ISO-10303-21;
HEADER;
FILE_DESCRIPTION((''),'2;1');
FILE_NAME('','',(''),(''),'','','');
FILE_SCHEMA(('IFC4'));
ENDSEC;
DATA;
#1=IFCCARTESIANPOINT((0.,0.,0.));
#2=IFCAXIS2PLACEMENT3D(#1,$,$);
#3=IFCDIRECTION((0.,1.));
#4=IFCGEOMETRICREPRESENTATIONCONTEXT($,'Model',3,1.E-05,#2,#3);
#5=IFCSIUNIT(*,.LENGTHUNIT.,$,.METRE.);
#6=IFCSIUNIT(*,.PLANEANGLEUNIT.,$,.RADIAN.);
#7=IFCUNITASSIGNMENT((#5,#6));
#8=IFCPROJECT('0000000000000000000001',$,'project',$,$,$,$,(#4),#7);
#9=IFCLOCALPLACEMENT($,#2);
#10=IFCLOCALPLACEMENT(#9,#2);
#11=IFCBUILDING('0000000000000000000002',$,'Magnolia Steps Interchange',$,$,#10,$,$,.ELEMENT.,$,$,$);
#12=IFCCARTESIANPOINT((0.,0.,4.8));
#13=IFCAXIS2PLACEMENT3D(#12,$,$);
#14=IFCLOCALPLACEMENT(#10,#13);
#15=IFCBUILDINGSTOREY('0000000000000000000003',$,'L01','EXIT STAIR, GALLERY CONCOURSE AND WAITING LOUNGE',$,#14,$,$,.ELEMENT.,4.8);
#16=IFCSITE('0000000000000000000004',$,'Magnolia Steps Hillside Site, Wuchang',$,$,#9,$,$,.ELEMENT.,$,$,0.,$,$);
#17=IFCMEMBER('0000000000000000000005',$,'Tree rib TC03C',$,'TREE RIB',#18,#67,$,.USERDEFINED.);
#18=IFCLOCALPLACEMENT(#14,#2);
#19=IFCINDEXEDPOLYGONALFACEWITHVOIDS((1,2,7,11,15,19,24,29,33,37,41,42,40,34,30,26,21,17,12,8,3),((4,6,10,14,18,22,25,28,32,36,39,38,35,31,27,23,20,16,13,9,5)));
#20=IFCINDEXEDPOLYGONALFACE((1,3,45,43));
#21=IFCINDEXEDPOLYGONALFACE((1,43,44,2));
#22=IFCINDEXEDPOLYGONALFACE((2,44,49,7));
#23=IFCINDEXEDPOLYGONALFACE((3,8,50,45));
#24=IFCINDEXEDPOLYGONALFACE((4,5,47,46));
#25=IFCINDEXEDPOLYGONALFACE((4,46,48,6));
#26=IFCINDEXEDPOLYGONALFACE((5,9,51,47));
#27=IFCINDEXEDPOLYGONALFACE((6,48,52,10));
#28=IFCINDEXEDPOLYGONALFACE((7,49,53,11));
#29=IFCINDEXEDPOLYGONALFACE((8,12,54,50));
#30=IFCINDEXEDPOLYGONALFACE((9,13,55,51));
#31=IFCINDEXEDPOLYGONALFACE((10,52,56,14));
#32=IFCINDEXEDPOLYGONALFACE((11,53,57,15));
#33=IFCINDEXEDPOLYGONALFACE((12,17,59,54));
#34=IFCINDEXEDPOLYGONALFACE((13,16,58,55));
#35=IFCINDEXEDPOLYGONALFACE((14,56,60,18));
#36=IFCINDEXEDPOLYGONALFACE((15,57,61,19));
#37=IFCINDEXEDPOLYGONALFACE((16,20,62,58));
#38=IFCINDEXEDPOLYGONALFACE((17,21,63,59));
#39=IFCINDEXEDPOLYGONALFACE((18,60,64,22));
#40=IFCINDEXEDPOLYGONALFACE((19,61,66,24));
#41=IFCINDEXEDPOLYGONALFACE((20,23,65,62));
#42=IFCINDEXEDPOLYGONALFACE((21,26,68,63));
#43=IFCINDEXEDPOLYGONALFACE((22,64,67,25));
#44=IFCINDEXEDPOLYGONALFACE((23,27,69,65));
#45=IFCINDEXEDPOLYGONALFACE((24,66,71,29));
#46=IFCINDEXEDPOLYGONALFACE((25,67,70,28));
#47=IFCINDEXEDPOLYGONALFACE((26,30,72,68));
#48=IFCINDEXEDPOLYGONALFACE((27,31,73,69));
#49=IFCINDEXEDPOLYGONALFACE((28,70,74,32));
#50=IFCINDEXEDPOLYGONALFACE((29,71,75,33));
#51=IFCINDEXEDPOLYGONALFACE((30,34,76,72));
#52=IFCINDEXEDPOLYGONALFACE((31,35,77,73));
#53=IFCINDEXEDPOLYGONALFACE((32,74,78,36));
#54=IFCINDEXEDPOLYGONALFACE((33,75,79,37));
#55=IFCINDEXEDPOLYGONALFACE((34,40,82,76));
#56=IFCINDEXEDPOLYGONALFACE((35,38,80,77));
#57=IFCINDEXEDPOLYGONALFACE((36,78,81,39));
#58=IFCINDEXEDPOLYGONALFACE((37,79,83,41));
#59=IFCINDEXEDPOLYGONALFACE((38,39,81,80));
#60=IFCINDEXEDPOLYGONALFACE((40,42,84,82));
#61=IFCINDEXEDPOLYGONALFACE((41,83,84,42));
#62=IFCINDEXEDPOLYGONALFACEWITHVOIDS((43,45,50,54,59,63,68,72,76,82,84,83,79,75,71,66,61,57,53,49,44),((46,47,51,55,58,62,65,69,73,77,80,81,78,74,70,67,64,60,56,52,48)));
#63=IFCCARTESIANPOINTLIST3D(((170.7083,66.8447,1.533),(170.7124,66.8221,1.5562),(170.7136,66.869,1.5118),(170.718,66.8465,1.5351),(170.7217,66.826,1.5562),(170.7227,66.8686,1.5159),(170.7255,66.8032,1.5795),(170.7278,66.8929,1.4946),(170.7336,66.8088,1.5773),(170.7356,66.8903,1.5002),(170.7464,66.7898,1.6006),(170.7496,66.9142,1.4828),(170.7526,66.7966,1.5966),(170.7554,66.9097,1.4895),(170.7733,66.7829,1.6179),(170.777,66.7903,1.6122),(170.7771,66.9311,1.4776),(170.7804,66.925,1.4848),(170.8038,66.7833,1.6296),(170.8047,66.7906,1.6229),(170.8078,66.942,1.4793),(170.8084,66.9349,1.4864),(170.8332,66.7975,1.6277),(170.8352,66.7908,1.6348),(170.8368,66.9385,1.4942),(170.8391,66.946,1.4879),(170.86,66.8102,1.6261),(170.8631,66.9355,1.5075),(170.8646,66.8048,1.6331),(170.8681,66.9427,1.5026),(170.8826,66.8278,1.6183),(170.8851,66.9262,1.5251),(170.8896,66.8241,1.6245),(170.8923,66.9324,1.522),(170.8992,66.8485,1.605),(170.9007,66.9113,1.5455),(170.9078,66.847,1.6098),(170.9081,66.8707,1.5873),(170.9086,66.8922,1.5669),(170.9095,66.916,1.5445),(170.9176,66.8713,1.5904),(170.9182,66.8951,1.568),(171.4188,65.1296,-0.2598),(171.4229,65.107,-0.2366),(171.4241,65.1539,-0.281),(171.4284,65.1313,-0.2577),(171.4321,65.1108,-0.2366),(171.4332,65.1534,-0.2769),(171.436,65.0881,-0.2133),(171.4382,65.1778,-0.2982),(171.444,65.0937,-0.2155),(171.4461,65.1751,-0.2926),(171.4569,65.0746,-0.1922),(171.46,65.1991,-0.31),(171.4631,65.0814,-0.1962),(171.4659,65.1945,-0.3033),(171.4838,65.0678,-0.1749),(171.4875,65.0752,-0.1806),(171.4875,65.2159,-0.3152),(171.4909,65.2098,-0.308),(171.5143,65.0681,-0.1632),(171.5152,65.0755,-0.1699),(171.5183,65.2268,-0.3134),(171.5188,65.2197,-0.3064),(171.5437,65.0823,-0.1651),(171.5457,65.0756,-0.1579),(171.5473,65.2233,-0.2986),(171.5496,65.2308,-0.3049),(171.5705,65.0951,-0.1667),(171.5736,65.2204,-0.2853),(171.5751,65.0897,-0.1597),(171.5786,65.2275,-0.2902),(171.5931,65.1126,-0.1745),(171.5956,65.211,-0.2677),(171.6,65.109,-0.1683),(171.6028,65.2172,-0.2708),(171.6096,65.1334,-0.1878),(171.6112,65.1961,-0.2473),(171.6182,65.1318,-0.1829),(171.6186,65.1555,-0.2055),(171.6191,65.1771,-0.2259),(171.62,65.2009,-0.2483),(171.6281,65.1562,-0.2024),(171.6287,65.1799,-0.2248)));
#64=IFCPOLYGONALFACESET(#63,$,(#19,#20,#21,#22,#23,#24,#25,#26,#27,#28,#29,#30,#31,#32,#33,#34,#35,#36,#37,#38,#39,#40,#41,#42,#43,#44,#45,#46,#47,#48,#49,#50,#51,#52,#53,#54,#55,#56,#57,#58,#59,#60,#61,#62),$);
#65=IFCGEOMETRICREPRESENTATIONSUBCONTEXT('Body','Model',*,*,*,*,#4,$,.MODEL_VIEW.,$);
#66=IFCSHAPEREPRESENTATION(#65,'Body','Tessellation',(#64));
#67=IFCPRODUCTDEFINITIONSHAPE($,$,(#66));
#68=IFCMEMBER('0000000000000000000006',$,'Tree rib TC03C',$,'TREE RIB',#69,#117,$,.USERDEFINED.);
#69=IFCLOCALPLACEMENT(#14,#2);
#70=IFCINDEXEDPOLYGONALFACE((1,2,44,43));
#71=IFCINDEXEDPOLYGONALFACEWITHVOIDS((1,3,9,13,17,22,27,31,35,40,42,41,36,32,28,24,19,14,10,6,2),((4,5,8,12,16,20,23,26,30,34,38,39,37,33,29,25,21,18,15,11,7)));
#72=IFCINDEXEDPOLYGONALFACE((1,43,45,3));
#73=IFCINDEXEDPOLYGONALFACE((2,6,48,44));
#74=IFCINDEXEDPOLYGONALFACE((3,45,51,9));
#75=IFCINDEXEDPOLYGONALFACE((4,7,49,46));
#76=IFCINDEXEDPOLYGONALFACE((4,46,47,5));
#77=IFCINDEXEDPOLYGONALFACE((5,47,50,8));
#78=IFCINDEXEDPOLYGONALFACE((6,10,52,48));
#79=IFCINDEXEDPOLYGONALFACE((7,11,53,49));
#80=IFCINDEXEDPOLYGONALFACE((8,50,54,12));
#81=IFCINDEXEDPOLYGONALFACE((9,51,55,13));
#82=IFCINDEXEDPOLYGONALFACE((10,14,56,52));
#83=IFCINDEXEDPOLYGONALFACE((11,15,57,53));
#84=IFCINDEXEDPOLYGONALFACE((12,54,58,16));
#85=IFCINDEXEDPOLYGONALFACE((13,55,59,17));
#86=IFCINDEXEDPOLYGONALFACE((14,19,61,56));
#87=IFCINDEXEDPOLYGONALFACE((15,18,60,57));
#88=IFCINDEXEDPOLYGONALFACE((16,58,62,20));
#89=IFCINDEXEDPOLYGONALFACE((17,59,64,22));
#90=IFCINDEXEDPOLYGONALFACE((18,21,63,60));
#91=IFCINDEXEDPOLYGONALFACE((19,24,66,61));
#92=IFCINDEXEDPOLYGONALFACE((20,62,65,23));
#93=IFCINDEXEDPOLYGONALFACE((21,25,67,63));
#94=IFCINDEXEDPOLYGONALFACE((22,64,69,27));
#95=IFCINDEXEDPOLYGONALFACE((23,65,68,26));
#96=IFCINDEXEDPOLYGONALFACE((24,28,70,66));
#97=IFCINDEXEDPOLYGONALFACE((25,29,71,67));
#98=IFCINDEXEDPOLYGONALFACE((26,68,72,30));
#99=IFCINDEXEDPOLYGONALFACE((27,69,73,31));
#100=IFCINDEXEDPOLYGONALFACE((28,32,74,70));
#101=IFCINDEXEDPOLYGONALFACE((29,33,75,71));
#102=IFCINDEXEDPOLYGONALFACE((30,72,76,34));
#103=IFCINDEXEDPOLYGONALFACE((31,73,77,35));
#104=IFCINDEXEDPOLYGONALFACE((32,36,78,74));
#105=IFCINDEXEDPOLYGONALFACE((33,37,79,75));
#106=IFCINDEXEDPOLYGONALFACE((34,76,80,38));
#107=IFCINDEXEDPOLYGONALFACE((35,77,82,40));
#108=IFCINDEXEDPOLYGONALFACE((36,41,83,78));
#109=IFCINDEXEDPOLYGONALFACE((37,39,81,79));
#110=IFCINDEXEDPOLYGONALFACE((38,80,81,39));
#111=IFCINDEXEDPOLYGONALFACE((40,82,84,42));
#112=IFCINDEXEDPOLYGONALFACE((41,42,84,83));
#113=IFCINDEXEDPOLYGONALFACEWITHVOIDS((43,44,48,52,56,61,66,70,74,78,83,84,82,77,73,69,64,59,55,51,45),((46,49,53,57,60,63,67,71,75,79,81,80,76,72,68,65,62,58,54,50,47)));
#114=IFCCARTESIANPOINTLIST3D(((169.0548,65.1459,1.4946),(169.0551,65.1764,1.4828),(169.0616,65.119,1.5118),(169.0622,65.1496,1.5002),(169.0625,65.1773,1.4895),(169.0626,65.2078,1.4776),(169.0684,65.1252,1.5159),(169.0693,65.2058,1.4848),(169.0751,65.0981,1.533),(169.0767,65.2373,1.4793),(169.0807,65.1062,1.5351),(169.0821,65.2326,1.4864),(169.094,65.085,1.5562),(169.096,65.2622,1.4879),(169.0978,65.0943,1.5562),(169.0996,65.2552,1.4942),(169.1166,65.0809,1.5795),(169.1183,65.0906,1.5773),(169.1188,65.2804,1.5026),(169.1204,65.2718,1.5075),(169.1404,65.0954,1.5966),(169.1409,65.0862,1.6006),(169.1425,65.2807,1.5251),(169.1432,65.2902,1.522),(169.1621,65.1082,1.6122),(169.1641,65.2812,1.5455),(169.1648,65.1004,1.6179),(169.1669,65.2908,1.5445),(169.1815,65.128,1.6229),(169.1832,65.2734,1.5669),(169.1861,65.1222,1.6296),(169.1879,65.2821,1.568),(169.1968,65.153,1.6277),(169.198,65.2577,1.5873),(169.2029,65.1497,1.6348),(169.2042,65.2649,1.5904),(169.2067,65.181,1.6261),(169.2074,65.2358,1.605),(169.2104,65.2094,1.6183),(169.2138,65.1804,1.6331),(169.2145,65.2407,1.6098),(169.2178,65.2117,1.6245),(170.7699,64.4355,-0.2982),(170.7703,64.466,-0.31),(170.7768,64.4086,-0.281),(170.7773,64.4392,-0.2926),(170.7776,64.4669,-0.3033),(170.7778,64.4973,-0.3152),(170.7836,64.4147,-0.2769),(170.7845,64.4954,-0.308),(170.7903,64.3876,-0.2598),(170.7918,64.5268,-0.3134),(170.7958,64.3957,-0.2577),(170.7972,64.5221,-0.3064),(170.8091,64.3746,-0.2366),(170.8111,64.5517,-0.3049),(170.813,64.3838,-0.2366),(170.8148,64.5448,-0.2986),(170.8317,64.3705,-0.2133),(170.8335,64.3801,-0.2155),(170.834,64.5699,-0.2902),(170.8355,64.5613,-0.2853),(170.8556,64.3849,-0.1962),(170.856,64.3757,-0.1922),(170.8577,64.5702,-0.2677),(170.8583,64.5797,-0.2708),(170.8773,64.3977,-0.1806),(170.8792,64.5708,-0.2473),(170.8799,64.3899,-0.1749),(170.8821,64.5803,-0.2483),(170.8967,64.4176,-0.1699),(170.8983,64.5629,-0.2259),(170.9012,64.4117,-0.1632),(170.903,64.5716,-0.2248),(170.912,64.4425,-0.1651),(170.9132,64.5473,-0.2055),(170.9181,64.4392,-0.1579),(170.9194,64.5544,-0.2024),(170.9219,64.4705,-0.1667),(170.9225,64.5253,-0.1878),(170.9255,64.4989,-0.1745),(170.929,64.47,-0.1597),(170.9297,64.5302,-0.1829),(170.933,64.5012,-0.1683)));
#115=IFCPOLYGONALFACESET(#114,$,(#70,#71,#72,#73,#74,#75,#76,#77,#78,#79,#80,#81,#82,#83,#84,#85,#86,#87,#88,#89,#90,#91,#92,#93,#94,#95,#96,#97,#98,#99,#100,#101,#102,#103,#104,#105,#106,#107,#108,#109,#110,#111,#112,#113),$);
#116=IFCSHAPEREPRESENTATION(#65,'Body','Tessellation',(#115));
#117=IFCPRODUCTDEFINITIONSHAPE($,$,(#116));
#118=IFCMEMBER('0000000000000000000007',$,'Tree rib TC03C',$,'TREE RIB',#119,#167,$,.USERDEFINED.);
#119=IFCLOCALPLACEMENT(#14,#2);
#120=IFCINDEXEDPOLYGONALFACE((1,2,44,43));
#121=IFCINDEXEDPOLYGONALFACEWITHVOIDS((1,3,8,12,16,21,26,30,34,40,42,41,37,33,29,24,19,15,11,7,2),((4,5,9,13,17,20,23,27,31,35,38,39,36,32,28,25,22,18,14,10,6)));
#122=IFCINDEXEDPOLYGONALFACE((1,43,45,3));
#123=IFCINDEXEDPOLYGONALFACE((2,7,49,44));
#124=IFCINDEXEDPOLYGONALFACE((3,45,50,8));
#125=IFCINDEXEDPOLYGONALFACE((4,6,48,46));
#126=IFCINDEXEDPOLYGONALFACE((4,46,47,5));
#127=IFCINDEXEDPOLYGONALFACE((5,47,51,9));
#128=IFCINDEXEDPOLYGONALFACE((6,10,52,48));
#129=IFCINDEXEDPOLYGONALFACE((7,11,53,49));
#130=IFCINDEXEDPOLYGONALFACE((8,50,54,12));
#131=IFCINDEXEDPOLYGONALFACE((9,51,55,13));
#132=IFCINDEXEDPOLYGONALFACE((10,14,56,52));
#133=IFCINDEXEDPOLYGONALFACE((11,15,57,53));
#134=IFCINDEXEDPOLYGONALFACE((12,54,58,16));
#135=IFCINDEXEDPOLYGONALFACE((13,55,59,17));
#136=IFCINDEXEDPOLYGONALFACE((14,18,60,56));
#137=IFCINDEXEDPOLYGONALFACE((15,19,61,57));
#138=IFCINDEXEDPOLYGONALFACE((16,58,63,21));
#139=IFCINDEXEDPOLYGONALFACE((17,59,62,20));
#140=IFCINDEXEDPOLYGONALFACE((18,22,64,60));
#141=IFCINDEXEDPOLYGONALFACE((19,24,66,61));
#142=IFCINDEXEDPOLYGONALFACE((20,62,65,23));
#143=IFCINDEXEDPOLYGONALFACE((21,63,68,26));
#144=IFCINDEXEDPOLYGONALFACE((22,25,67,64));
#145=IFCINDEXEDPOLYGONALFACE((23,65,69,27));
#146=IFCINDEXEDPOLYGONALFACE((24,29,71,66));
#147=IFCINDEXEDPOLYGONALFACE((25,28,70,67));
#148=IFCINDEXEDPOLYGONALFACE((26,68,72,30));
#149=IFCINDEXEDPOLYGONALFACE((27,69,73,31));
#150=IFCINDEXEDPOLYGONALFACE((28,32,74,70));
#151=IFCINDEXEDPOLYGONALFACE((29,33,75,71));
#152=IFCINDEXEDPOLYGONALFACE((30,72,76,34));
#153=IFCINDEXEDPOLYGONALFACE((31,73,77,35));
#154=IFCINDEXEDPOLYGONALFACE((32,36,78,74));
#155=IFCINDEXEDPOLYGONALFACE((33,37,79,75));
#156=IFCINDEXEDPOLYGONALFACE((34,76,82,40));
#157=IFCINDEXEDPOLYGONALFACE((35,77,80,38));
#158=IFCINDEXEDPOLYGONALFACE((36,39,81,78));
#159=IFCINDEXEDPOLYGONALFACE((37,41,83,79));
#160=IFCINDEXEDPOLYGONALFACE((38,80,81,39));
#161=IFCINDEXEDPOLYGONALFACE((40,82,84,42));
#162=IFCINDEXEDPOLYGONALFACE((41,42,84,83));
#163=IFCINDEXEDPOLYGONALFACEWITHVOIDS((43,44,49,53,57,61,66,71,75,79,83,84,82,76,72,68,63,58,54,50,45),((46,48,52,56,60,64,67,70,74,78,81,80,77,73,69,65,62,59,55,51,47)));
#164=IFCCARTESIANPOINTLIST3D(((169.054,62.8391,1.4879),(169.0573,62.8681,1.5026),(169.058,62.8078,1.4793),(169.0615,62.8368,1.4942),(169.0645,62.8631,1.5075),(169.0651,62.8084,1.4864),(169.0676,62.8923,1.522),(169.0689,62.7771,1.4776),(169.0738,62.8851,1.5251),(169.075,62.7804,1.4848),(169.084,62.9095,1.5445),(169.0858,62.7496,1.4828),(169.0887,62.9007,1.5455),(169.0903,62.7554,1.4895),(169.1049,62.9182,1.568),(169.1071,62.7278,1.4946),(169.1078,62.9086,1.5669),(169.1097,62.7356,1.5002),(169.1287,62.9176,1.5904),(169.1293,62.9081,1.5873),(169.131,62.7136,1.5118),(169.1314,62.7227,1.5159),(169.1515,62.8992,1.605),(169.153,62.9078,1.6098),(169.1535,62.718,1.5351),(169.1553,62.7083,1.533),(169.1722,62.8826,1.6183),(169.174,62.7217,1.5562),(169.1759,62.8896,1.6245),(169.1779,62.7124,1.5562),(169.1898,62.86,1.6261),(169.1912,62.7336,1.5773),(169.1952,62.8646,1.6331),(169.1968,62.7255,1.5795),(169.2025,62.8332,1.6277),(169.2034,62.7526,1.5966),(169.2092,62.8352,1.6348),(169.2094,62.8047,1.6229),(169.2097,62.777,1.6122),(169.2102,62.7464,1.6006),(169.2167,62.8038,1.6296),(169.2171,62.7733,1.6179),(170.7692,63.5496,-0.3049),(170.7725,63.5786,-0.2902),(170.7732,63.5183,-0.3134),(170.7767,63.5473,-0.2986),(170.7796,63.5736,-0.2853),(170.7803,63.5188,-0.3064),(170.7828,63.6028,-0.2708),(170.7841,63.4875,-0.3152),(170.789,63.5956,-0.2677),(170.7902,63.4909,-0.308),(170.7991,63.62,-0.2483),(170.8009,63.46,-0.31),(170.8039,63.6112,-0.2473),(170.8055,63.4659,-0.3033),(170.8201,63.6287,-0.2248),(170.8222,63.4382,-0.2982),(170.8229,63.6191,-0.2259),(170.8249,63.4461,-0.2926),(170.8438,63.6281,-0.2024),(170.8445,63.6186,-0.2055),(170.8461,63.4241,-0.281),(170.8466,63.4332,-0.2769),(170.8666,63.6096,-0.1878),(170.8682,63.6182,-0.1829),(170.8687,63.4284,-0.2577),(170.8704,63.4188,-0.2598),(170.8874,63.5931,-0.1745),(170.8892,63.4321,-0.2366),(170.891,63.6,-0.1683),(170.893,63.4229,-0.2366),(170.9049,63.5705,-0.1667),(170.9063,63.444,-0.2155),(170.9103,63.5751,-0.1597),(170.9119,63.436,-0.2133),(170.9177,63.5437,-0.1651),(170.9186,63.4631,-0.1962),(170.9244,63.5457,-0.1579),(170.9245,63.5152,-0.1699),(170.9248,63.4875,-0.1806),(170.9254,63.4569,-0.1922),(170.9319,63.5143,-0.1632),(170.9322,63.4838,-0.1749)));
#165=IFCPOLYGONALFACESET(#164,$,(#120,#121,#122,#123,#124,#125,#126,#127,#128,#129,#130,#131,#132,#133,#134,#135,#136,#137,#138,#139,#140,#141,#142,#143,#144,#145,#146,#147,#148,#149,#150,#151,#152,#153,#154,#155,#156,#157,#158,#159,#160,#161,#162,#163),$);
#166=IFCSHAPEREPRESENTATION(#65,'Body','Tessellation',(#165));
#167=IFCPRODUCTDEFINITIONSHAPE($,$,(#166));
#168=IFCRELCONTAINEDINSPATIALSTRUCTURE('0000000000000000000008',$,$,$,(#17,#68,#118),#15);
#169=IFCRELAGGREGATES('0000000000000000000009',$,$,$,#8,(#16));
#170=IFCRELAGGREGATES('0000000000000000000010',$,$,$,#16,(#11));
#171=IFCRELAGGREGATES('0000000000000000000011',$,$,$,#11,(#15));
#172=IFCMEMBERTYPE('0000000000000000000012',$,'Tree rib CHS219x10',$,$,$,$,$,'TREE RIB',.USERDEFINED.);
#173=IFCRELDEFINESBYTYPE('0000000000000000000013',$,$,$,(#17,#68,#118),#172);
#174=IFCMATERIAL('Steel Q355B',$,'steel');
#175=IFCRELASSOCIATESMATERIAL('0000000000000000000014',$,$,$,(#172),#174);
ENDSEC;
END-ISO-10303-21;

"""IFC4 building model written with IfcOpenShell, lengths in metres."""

from ifc_helpers import new_model, si_unit, direction, frame, origin, origin_2d, place, context, subcontext, project, spatial, hollow_circle, extrude, material, material_profile, profile_set, type_object, element, save


model = new_model("IFC4")

# Units and contexts
model_context = context("Model", 3, precision=1e-05, world=origin(), true_north=direction((0.0, 1.0)))
body_context = subcontext(model_context, "Body", "Model", "MODEL_VIEW")
ifc_project = project(units=[si_unit("LENGTHUNIT", "METRE"), si_unit("PLANEANGLEUNIT", "RADIAN")], contexts=[model_context])

# Site, building, storey
site_placement = place(None, origin())
site = spatial("IfcSite", under=ifc_project, at=site_placement, Name="Magnolia Steps Hillside Site, Wuchang", CompositionType="ELEMENT", RefElevation=0.0)
building_placement = place(site_placement, origin())
building = spatial("IfcBuilding", under=site, at=building_placement, Name="Magnolia Steps Interchange", CompositionType="ELEMENT")
storey_placement = place(building_placement, frame((0.0, 0.0, 4.8)))
storey = spatial("IfcBuildingStorey", under=building, at=storey_placement, Name="L01", Description="EXIT STAIR, GALLERY CONCOURSE AND WAITING LOUNGE", CompositionType="ELEMENT", Elevation=4.8)

# Members
ifc_material_1 = material(Name="Steel Q355B", Category="steel")
ifc_material_profile_1 = material_profile(ifc_material_1, hollow_circle(Radius=0.1096, WallThickness=0.01, at=origin_2d()), Name="CHS219x10")
ifc_profile_set_1 = profile_set([ifc_material_profile_1], Name="Steel Q355B")
member_type = type_object("IfcMemberType", Name="Tree rib CHS219x10", ElementType="TREE RIB", PredefinedType="USERDEFINED", material=ifc_profile_set_1)
for number, where, z_axis, x_axis, name in (
    (1, (171.5242, 65.1489, -0.2366), (-0.275291, 0.664577, 0.69466), (-0.923873, -0.3827, 0.0), "Tree rib TC03C"),
    (2, (170.8511, 64.4758, -0.2366), (-0.664577, 0.275291, 0.69466), (-0.3827, -0.923873, 0.0), "Tree rib TC03C"),
    (3, (170.8511, 63.5242, -0.2366), (-0.664577, -0.275291, 0.69466), (0.3827, -0.923873, 0.0), "Tree rib TC03C"),
):
    element("IfcMember", number, at=place(storey_placement, frame(where, z_axis=z_axis, x_axis=x_axis)), inside=storey, type_object=member_type, Name=name, ObjectType="TREE RIB", PredefinedType="USERDEFINED", context=body_context, shape_type="SweptSolid", body=[
        extrude(hollow_circle(Radius=0.1096, WallThickness=0.01, at=origin_2d()), origin(), (0.0, 0.0, 1.0), 2.5808),
    ])

save(model, "model.ifc")
